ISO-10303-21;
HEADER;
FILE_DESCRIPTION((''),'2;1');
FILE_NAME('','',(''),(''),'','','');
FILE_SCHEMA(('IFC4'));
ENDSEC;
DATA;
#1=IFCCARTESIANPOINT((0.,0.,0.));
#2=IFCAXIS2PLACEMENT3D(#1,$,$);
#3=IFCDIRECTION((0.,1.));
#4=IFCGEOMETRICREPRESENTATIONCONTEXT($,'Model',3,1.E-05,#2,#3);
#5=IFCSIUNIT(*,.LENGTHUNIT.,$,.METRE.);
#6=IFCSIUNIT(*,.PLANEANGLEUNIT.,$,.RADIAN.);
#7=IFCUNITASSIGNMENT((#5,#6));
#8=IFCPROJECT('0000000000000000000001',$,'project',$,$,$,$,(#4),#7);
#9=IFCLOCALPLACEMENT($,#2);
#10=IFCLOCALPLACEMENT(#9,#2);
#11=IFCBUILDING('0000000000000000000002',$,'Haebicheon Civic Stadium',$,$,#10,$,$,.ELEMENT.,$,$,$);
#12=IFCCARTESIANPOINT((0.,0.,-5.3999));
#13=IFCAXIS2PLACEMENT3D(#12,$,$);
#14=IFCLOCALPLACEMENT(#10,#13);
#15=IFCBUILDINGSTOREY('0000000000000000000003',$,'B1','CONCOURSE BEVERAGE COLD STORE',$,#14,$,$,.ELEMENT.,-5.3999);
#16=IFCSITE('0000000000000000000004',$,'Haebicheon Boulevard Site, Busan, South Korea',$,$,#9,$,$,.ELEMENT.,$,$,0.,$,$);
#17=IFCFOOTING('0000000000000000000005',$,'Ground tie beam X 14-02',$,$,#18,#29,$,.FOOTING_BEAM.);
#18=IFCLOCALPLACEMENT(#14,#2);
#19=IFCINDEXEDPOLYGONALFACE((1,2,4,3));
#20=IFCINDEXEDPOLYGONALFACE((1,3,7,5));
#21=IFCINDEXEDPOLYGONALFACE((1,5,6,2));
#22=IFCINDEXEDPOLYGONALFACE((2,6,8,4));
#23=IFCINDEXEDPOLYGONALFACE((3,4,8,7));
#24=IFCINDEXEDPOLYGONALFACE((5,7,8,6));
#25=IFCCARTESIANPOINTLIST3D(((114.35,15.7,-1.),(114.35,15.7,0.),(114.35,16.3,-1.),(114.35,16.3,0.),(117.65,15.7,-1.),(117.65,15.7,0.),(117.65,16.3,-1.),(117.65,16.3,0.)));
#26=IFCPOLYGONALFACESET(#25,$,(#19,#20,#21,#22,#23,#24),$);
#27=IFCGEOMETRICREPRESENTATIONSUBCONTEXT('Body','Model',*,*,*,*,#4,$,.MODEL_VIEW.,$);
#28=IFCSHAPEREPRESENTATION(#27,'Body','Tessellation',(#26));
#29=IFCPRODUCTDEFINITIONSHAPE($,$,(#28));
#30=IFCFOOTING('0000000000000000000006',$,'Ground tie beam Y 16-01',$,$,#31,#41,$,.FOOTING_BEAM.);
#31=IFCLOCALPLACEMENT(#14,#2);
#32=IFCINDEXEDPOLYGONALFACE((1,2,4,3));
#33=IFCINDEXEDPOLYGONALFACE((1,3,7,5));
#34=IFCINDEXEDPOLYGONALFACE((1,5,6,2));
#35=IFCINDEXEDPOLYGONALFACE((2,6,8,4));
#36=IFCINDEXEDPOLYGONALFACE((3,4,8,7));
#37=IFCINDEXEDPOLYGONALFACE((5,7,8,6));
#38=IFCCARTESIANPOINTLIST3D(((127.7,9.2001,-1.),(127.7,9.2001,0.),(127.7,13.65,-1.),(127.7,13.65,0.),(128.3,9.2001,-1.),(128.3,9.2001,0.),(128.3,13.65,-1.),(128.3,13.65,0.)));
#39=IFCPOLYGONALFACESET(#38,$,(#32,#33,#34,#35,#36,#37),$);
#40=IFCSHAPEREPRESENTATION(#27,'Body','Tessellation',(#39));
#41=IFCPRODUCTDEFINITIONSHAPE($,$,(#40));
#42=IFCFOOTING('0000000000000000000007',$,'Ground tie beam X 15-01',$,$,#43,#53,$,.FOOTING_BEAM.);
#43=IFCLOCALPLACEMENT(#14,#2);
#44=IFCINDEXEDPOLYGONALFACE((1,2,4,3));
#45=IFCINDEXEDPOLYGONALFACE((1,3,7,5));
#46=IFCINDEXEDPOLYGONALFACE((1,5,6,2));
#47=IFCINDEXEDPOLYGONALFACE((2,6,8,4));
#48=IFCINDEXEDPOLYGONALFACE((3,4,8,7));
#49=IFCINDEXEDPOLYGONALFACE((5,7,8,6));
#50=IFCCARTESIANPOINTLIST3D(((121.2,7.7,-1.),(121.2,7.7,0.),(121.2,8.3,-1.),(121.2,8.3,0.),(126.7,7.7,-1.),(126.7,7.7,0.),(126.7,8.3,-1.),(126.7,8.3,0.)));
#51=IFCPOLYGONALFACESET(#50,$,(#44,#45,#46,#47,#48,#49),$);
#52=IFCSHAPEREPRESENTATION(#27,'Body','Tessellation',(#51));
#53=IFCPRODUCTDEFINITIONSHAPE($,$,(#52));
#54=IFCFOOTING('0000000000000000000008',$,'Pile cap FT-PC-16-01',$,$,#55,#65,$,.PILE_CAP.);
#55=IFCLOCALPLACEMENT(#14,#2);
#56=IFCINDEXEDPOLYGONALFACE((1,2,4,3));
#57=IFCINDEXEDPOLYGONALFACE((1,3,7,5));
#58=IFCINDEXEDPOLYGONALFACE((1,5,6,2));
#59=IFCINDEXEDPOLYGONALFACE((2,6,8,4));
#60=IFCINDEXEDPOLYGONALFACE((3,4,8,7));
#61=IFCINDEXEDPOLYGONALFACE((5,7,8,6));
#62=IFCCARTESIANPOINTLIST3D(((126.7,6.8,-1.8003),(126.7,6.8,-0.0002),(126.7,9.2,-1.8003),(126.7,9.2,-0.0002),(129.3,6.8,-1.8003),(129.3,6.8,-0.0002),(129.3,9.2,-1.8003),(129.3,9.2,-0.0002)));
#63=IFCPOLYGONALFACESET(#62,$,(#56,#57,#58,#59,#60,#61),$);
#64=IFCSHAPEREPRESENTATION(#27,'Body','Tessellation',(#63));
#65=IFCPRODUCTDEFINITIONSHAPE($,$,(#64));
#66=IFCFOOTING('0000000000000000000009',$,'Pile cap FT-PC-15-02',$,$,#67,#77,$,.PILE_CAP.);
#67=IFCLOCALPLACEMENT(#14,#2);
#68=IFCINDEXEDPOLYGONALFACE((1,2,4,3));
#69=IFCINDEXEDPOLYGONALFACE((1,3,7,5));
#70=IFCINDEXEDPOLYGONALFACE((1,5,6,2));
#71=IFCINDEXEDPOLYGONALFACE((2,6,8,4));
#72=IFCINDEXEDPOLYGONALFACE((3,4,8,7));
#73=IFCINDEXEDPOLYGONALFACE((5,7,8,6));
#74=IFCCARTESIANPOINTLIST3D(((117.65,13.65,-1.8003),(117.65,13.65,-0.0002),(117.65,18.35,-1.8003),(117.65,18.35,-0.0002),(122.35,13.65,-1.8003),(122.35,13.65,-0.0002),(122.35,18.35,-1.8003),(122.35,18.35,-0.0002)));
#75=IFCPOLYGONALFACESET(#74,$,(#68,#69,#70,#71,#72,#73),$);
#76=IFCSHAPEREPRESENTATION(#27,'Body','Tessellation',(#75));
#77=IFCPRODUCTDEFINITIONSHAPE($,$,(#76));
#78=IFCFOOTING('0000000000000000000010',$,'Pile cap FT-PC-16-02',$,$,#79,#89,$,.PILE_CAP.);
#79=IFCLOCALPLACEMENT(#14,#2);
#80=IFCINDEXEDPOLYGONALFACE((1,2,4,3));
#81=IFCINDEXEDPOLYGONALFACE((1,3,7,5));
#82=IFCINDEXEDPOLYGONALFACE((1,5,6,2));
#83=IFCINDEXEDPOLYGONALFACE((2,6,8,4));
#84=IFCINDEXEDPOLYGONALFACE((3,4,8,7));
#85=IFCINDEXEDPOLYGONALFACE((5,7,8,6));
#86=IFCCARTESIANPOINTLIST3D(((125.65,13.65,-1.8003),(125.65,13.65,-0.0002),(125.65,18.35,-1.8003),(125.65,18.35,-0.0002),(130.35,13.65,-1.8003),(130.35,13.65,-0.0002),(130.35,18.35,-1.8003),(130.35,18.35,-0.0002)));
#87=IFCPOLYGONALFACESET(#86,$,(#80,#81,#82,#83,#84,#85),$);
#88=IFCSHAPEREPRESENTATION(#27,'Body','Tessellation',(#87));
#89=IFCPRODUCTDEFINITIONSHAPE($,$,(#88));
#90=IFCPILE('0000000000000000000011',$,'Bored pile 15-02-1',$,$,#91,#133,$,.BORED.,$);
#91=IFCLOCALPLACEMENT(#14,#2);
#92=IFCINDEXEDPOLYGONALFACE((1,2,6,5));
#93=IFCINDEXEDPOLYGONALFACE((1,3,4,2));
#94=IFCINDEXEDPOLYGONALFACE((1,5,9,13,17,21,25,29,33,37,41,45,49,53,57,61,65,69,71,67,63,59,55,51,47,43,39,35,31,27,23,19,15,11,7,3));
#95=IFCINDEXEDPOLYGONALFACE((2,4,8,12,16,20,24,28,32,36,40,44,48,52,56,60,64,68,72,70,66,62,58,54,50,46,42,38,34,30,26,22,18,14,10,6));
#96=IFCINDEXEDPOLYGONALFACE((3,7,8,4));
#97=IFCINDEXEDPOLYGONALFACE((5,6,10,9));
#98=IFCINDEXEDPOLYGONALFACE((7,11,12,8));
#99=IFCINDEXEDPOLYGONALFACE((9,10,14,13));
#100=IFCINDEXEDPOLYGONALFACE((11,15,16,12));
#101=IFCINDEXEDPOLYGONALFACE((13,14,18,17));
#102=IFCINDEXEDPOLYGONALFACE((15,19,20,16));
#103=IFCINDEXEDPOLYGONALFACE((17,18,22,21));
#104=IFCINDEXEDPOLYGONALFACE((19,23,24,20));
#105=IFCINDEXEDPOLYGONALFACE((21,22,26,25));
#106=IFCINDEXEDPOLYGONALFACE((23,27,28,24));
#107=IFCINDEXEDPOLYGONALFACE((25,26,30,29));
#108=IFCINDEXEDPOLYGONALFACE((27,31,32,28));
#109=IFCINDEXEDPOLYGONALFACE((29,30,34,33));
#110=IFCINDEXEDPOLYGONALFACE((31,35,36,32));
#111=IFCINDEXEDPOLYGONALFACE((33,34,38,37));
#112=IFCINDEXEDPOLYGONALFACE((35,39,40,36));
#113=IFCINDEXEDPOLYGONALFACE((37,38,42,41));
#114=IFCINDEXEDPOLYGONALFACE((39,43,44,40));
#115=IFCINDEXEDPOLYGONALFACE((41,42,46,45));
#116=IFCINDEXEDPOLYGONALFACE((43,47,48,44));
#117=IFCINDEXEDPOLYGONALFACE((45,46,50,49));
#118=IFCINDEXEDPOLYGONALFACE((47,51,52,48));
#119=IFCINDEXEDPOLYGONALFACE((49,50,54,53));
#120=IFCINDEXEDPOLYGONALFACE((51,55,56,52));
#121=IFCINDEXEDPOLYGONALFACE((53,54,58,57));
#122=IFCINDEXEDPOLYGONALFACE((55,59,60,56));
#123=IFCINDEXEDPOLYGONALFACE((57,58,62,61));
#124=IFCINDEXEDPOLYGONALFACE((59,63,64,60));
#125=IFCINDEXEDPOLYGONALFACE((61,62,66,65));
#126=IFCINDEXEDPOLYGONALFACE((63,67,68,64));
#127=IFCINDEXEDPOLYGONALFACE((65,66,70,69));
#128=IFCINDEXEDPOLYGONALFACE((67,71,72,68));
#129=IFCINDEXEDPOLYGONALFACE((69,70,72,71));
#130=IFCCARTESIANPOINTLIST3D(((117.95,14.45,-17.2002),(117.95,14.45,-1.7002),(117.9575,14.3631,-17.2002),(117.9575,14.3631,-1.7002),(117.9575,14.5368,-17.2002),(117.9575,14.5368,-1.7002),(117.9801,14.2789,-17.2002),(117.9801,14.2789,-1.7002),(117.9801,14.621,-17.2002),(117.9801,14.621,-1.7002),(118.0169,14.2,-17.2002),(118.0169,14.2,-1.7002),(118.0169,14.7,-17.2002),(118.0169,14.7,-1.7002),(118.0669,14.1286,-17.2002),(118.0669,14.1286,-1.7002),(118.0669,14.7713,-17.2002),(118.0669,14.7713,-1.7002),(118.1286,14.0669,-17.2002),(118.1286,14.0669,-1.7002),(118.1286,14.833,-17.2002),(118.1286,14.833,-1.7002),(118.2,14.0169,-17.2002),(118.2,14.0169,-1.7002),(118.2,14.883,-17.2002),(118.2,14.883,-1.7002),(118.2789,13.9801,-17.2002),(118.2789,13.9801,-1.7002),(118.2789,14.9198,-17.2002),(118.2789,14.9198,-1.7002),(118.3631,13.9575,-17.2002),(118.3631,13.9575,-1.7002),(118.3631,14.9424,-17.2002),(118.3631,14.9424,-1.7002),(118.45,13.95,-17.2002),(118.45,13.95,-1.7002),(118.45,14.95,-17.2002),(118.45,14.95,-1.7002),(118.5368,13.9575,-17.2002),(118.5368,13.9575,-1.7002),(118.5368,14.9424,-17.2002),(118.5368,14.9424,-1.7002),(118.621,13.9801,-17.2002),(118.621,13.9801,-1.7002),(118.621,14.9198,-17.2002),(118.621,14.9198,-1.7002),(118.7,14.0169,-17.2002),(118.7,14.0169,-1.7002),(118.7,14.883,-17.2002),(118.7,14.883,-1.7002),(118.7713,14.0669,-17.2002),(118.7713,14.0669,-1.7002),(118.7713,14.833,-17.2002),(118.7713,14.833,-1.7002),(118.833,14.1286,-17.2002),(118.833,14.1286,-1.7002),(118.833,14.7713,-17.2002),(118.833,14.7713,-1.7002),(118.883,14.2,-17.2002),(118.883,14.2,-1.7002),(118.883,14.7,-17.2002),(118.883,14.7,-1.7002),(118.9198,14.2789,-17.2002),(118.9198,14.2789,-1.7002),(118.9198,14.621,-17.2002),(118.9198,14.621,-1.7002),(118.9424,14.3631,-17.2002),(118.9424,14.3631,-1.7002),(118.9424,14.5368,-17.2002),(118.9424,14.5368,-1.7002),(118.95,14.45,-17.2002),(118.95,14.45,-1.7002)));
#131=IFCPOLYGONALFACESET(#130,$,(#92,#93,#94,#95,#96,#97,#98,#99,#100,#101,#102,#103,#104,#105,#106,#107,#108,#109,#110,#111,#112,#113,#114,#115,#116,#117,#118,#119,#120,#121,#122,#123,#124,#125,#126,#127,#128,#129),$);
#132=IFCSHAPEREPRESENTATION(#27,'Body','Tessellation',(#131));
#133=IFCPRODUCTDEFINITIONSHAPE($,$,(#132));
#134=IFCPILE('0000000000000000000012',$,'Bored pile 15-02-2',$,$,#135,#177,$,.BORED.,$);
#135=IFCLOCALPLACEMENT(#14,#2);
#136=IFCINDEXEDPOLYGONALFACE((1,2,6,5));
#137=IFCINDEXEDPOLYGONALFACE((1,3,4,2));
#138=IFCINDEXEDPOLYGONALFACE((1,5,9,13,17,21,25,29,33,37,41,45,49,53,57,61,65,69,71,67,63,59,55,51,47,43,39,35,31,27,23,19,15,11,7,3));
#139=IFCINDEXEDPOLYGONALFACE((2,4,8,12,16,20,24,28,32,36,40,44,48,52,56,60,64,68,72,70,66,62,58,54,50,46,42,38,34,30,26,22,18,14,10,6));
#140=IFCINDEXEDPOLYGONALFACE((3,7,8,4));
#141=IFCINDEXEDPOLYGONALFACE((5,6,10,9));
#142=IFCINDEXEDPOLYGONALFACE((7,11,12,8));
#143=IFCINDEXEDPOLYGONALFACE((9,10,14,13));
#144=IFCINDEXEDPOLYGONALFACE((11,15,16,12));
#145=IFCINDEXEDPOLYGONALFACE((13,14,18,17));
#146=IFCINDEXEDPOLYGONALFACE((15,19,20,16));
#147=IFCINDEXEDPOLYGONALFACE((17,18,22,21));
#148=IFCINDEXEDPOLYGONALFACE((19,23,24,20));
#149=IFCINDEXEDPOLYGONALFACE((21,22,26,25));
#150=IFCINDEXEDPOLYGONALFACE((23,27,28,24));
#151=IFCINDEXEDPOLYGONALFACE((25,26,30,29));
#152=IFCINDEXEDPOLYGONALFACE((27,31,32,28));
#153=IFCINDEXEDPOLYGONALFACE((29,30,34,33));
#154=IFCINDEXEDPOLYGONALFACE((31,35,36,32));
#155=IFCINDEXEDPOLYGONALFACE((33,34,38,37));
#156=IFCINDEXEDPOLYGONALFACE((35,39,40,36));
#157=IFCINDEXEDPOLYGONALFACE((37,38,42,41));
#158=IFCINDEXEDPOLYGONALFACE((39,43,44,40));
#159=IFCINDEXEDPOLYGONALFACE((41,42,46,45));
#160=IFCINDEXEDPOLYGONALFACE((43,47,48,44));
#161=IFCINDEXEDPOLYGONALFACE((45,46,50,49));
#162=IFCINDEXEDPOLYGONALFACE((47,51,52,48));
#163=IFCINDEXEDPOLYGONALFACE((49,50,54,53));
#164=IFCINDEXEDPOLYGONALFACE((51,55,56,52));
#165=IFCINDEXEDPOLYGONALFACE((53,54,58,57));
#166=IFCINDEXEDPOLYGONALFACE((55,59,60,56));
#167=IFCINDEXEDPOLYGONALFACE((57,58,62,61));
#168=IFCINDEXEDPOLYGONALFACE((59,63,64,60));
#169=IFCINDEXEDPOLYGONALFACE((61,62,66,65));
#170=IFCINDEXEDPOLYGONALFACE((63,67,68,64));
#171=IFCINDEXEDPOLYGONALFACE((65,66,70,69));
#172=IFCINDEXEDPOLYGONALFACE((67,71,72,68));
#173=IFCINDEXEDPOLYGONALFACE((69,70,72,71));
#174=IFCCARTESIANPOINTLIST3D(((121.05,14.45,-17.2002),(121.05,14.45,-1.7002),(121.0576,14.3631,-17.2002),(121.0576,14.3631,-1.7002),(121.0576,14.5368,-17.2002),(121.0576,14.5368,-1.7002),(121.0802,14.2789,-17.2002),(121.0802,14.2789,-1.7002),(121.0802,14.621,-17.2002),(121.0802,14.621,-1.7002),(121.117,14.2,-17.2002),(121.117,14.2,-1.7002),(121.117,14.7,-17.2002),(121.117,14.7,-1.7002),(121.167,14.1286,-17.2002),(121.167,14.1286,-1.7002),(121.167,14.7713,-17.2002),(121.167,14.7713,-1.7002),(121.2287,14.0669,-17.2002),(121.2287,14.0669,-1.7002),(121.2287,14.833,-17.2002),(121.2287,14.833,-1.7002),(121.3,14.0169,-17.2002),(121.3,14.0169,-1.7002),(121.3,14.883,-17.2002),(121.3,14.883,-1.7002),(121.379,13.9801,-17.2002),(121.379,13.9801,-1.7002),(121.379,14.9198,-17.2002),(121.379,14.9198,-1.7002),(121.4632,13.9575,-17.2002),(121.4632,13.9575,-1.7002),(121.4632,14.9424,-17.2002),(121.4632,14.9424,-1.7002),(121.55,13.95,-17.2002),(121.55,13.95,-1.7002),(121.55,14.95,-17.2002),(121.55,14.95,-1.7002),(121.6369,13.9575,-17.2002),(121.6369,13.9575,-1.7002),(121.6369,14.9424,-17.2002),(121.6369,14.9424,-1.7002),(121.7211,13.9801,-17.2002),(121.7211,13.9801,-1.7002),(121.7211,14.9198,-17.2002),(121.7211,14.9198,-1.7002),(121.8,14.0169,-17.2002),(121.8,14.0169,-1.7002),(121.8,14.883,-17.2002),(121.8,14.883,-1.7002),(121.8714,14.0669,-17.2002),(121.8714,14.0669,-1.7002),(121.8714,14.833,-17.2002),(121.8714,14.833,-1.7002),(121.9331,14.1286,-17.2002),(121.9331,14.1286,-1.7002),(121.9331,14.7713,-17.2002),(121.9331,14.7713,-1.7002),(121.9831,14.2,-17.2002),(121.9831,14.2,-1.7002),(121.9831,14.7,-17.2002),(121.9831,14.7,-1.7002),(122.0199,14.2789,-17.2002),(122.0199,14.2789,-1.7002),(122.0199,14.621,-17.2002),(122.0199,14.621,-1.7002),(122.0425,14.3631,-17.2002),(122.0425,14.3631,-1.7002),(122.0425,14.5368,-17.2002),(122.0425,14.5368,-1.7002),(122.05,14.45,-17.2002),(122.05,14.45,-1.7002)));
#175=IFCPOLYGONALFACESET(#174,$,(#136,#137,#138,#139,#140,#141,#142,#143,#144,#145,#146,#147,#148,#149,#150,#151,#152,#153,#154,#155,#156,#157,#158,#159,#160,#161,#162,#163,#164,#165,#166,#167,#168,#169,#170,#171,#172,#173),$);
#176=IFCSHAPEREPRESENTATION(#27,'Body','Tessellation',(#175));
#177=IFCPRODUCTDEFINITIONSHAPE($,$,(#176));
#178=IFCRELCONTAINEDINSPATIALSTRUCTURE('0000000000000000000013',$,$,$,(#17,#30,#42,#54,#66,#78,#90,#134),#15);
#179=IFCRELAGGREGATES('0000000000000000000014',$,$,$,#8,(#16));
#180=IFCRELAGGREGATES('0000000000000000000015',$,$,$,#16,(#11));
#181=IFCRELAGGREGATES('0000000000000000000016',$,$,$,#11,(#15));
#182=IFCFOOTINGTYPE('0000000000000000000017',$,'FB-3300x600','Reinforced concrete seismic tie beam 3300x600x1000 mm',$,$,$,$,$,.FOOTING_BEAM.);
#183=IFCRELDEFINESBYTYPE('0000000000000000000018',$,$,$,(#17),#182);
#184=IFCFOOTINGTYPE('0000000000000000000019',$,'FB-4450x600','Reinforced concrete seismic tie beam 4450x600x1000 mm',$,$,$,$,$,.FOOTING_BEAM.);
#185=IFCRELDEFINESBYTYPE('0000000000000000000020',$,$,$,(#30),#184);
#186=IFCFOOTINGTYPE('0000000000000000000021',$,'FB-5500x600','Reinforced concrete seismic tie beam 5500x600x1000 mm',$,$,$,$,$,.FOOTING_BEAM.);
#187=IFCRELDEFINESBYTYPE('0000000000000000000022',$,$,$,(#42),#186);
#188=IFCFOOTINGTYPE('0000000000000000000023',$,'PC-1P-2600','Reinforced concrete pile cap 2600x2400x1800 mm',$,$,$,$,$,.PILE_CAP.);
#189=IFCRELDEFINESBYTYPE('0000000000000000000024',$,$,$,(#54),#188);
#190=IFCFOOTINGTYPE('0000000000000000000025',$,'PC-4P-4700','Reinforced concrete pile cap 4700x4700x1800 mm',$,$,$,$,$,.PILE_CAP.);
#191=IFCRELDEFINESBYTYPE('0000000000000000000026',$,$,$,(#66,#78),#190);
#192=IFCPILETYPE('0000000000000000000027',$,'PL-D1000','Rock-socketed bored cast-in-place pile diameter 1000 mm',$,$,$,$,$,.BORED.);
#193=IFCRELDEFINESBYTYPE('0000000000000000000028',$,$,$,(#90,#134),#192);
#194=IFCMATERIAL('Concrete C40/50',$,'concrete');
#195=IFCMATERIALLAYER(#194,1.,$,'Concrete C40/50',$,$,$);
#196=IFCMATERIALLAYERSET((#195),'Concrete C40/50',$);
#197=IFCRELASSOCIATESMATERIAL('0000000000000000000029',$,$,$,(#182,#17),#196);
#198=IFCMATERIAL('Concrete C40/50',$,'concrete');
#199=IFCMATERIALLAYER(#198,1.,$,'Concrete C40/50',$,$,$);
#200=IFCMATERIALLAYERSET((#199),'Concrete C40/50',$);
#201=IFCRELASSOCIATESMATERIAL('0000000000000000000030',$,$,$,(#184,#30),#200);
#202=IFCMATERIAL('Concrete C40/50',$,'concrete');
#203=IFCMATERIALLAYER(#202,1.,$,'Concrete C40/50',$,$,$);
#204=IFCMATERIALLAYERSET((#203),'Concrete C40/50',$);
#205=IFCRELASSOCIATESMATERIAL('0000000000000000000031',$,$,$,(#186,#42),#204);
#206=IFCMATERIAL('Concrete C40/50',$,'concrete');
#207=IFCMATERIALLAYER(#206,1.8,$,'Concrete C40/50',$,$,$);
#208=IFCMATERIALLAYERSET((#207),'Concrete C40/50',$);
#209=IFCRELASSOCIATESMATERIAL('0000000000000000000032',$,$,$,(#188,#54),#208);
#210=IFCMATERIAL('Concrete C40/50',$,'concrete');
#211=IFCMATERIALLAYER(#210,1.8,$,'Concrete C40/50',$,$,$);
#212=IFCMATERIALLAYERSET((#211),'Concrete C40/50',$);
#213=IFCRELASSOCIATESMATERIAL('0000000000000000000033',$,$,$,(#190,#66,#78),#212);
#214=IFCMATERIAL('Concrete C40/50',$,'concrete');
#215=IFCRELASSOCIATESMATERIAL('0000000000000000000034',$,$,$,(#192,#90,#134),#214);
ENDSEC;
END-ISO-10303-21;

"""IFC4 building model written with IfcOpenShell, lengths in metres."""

from ifc_helpers import new_model, si_unit, direction, frame, origin, origin_2d, place, context, subcontext, project, spatial, rectangle, circle, extrude, material, layer, layer_set, material_profile, profile_set, type_object, element, save


model = new_model("IFC4")

# Units and contexts
model_context = context("Model", 3, precision=1e-05, world=origin(), true_north=direction((0.0, 1.0)))
body_context = subcontext(model_context, "Body", "Model", "MODEL_VIEW")
ifc_project = project(units=[si_unit("LENGTHUNIT", "METRE"), si_unit("PLANEANGLEUNIT", "RADIAN")], contexts=[model_context])

# Site, building, storey
site_placement = place(None, origin())
site = spatial("IfcSite", under=ifc_project, at=site_placement, Name="Haebicheon Boulevard Site, Busan, South Korea", CompositionType="ELEMENT", RefElevation=0.0)
building_placement = place(site_placement, origin())
building = spatial("IfcBuilding", under=site, at=building_placement, Name="Haebicheon Civic Stadium", CompositionType="ELEMENT")
storey_placement = place(building_placement, frame((0.0, 0.0, -5.3999)))
storey = spatial("IfcBuildingStorey", under=building, at=storey_placement, Name="B1", Description="CONCOURSE BEVERAGE COLD STORE", CompositionType="ELEMENT", Elevation=-5.3999)

# Footings
ifc_material_1 = material(Name="Concrete C40/50", Category="concrete")
ifc_layer_1 = layer(ifc_material_1, 1.0, Name="Concrete C40/50")
ifc_layer_set_1 = layer_set([ifc_layer_1], Name="Concrete C40/50")
footing_type_1 = type_object("IfcFootingType", Name="FB-3300x600", Description="Reinforced concrete seismic tie beam 3300x600x1000 mm", PredefinedType="FOOTING_BEAM", material=ifc_layer_set_1)
footing_1_placement = place(storey_placement, frame((116.0, 16.0, -1.0), z_axis=(0.0, 0.0, 1.0), x_axis=(1.0, 0.0, 0.0)))
element("IfcFooting", 1, at=footing_1_placement, inside=storey, type_object=footing_type_1, material=ifc_layer_set_1, Name="Ground tie beam X 14-02", PredefinedType="FOOTING_BEAM", context=body_context, shape_type="SweptSolid", body=[
    extrude(rectangle(XDim=3.3, YDim=0.6001, at=origin_2d()), origin(), (0.0, 0.0, 1.0), 1.0),
])
ifc_material_2 = material(Name="Concrete C40/50", Category="concrete")
ifc_layer_2 = layer(ifc_material_2, 1.0, Name="Concrete C40/50")
ifc_layer_set_2 = layer_set([ifc_layer_2], Name="Concrete C40/50")
footing_type_2 = type_object("IfcFootingType", Name="FB-4450x600", Description="Reinforced concrete seismic tie beam 4450x600x1000 mm", PredefinedType="FOOTING_BEAM", material=ifc_layer_set_2)
footing_2_placement = place(storey_placement, frame((128.0, 11.425, -1.0), z_axis=(0.0, 0.0, 1.0), x_axis=(0.0, 1.0, 0.0)))
element("IfcFooting", 2, at=footing_2_placement, inside=storey, type_object=footing_type_2, material=ifc_layer_set_2, Name="Ground tie beam Y 16-01", PredefinedType="FOOTING_BEAM", context=body_context, shape_type="SweptSolid", body=[
    extrude(rectangle(XDim=4.45, YDim=0.6001, at=origin_2d()), origin(), (0.0, 0.0, 1.0), 1.0),
])
ifc_material_3 = material(Name="Concrete C40/50", Category="concrete")
ifc_layer_3 = layer(ifc_material_3, 1.0, Name="Concrete C40/50")
ifc_layer_set_3 = layer_set([ifc_layer_3], Name="Concrete C40/50")
footing_type_3 = type_object("IfcFootingType", Name="FB-5500x600", Description="Reinforced concrete seismic tie beam 5500x600x1000 mm", PredefinedType="FOOTING_BEAM", material=ifc_layer_set_3)
footing_3_placement = place(storey_placement, frame((123.95, 8.0, -1.0), z_axis=(0.0, 0.0, 1.0), x_axis=(1.0, 0.0, 0.0)))
element("IfcFooting", 3, at=footing_3_placement, inside=storey, type_object=footing_type_3, material=ifc_layer_set_3, Name="Ground tie beam X 15-01", PredefinedType="FOOTING_BEAM", context=body_context, shape_type="SweptSolid", body=[
    extrude(rectangle(XDim=5.5, YDim=0.6001, at=origin_2d()), origin(), (0.0, 0.0, 1.0), 1.0),
])
ifc_material_4 = material(Name="Concrete C40/50", Category="concrete")
ifc_layer_4 = layer(ifc_material_4, 1.8, Name="Concrete C40/50")
ifc_layer_set_4 = layer_set([ifc_layer_4], Name="Concrete C40/50")
footing_type_4 = type_object("IfcFootingType", Name="PC-1P-2600", Description="Reinforced concrete pile cap 2600x2400x1800 mm", PredefinedType="PILE_CAP", material=ifc_layer_set_4)
footing_4_placement = place(storey_placement, frame((128.0, 8.0, -1.8003), z_axis=(0.0, 0.0, 1.0), x_axis=(1.0, 0.0, 0.0)))
element("IfcFooting", 4, at=footing_4_placement, inside=storey, type_object=footing_type_4, material=ifc_layer_set_4, Name="Pile cap FT-PC-16-01", PredefinedType="PILE_CAP", context=body_context, shape_type="SweptSolid", body=[
    extrude(rectangle(XDim=2.6001, YDim=2.3999, at=origin_2d()), origin(), (0.0, 0.0, 1.0), 1.8),
])
ifc_material_5 = material(Name="Concrete C40/50", Category="concrete")
ifc_layer_5 = layer(ifc_material_5, 1.8, Name="Concrete C40/50")
ifc_layer_set_5 = layer_set([ifc_layer_5], Name="Concrete C40/50")
footing_type_5 = type_object("IfcFootingType", Name="PC-4P-4700", Description="Reinforced concrete pile cap 4700x4700x1800 mm", PredefinedType="PILE_CAP", material=ifc_layer_set_5)
for number, where, z_axis, x_axis, name in (
    (5, (120.0, 16.0, -1.8003), (0.0, 0.0, 1.0), (1.0, 0.0, 0.0), "Pile cap FT-PC-15-02"),
    (6, (128.0, 16.0, -1.8003), (0.0, 0.0, 1.0), (1.0, 0.0, 0.0), "Pile cap FT-PC-16-02"),
):
    element("IfcFooting", number, at=place(storey_placement, frame(where, z_axis=z_axis, x_axis=x_axis)), inside=storey, type_object=footing_type_5, material=ifc_layer_set_5, Name=name, PredefinedType="PILE_CAP", context=body_context, shape_type="SweptSolid", body=[
        extrude(rectangle(XDim=4.7, YDim=4.7, at=origin_2d()), origin(), (0.0, 0.0, 1.0), 1.8),
    ])

# Piles
ifc_material_6 = material(Name="Concrete C40/50", Category="concrete")
ifc_material_profile_1 = material_profile(ifc_material_6, circle(Radius=0.5, at=origin_2d()), Name="PILE-D1000")
ifc_profile_set_1 = profile_set([ifc_material_profile_1], Name="Concrete C40/50")
pile_type_1 = type_object("IfcPileType", Name="PL-D1000", Description="Rock-socketed bored cast-in-place pile diameter 1000 mm", PredefinedType="BORED", material=ifc_profile_set_1)
for number, where, z_axis, x_axis, name in (
    (7, (118.45, 14.45, -1.7002), (0.0, 0.0, -1.0), (1.0, 0.0, 0.0), "Bored pile 15-02-1"),
    (8, (121.55, 14.45, -1.7002), (0.0, 0.0, -1.0), (1.0, 0.0, 0.0), "Bored pile 15-02-2"),
):
    element("IfcPile", number, at=place(storey_placement, frame(where, z_axis=z_axis, x_axis=x_axis)), inside=storey, type_object=pile_type_1, material=ifc_profile_set_1, Name=name, PredefinedType="BORED", context=body_context, shape_type="SweptSolid", body=[
        extrude(circle(Radius=0.5, at=origin_2d()), origin(), (0.0, 0.0, 1.0), 15.5),
    ])

save(model, "model.ifc")
